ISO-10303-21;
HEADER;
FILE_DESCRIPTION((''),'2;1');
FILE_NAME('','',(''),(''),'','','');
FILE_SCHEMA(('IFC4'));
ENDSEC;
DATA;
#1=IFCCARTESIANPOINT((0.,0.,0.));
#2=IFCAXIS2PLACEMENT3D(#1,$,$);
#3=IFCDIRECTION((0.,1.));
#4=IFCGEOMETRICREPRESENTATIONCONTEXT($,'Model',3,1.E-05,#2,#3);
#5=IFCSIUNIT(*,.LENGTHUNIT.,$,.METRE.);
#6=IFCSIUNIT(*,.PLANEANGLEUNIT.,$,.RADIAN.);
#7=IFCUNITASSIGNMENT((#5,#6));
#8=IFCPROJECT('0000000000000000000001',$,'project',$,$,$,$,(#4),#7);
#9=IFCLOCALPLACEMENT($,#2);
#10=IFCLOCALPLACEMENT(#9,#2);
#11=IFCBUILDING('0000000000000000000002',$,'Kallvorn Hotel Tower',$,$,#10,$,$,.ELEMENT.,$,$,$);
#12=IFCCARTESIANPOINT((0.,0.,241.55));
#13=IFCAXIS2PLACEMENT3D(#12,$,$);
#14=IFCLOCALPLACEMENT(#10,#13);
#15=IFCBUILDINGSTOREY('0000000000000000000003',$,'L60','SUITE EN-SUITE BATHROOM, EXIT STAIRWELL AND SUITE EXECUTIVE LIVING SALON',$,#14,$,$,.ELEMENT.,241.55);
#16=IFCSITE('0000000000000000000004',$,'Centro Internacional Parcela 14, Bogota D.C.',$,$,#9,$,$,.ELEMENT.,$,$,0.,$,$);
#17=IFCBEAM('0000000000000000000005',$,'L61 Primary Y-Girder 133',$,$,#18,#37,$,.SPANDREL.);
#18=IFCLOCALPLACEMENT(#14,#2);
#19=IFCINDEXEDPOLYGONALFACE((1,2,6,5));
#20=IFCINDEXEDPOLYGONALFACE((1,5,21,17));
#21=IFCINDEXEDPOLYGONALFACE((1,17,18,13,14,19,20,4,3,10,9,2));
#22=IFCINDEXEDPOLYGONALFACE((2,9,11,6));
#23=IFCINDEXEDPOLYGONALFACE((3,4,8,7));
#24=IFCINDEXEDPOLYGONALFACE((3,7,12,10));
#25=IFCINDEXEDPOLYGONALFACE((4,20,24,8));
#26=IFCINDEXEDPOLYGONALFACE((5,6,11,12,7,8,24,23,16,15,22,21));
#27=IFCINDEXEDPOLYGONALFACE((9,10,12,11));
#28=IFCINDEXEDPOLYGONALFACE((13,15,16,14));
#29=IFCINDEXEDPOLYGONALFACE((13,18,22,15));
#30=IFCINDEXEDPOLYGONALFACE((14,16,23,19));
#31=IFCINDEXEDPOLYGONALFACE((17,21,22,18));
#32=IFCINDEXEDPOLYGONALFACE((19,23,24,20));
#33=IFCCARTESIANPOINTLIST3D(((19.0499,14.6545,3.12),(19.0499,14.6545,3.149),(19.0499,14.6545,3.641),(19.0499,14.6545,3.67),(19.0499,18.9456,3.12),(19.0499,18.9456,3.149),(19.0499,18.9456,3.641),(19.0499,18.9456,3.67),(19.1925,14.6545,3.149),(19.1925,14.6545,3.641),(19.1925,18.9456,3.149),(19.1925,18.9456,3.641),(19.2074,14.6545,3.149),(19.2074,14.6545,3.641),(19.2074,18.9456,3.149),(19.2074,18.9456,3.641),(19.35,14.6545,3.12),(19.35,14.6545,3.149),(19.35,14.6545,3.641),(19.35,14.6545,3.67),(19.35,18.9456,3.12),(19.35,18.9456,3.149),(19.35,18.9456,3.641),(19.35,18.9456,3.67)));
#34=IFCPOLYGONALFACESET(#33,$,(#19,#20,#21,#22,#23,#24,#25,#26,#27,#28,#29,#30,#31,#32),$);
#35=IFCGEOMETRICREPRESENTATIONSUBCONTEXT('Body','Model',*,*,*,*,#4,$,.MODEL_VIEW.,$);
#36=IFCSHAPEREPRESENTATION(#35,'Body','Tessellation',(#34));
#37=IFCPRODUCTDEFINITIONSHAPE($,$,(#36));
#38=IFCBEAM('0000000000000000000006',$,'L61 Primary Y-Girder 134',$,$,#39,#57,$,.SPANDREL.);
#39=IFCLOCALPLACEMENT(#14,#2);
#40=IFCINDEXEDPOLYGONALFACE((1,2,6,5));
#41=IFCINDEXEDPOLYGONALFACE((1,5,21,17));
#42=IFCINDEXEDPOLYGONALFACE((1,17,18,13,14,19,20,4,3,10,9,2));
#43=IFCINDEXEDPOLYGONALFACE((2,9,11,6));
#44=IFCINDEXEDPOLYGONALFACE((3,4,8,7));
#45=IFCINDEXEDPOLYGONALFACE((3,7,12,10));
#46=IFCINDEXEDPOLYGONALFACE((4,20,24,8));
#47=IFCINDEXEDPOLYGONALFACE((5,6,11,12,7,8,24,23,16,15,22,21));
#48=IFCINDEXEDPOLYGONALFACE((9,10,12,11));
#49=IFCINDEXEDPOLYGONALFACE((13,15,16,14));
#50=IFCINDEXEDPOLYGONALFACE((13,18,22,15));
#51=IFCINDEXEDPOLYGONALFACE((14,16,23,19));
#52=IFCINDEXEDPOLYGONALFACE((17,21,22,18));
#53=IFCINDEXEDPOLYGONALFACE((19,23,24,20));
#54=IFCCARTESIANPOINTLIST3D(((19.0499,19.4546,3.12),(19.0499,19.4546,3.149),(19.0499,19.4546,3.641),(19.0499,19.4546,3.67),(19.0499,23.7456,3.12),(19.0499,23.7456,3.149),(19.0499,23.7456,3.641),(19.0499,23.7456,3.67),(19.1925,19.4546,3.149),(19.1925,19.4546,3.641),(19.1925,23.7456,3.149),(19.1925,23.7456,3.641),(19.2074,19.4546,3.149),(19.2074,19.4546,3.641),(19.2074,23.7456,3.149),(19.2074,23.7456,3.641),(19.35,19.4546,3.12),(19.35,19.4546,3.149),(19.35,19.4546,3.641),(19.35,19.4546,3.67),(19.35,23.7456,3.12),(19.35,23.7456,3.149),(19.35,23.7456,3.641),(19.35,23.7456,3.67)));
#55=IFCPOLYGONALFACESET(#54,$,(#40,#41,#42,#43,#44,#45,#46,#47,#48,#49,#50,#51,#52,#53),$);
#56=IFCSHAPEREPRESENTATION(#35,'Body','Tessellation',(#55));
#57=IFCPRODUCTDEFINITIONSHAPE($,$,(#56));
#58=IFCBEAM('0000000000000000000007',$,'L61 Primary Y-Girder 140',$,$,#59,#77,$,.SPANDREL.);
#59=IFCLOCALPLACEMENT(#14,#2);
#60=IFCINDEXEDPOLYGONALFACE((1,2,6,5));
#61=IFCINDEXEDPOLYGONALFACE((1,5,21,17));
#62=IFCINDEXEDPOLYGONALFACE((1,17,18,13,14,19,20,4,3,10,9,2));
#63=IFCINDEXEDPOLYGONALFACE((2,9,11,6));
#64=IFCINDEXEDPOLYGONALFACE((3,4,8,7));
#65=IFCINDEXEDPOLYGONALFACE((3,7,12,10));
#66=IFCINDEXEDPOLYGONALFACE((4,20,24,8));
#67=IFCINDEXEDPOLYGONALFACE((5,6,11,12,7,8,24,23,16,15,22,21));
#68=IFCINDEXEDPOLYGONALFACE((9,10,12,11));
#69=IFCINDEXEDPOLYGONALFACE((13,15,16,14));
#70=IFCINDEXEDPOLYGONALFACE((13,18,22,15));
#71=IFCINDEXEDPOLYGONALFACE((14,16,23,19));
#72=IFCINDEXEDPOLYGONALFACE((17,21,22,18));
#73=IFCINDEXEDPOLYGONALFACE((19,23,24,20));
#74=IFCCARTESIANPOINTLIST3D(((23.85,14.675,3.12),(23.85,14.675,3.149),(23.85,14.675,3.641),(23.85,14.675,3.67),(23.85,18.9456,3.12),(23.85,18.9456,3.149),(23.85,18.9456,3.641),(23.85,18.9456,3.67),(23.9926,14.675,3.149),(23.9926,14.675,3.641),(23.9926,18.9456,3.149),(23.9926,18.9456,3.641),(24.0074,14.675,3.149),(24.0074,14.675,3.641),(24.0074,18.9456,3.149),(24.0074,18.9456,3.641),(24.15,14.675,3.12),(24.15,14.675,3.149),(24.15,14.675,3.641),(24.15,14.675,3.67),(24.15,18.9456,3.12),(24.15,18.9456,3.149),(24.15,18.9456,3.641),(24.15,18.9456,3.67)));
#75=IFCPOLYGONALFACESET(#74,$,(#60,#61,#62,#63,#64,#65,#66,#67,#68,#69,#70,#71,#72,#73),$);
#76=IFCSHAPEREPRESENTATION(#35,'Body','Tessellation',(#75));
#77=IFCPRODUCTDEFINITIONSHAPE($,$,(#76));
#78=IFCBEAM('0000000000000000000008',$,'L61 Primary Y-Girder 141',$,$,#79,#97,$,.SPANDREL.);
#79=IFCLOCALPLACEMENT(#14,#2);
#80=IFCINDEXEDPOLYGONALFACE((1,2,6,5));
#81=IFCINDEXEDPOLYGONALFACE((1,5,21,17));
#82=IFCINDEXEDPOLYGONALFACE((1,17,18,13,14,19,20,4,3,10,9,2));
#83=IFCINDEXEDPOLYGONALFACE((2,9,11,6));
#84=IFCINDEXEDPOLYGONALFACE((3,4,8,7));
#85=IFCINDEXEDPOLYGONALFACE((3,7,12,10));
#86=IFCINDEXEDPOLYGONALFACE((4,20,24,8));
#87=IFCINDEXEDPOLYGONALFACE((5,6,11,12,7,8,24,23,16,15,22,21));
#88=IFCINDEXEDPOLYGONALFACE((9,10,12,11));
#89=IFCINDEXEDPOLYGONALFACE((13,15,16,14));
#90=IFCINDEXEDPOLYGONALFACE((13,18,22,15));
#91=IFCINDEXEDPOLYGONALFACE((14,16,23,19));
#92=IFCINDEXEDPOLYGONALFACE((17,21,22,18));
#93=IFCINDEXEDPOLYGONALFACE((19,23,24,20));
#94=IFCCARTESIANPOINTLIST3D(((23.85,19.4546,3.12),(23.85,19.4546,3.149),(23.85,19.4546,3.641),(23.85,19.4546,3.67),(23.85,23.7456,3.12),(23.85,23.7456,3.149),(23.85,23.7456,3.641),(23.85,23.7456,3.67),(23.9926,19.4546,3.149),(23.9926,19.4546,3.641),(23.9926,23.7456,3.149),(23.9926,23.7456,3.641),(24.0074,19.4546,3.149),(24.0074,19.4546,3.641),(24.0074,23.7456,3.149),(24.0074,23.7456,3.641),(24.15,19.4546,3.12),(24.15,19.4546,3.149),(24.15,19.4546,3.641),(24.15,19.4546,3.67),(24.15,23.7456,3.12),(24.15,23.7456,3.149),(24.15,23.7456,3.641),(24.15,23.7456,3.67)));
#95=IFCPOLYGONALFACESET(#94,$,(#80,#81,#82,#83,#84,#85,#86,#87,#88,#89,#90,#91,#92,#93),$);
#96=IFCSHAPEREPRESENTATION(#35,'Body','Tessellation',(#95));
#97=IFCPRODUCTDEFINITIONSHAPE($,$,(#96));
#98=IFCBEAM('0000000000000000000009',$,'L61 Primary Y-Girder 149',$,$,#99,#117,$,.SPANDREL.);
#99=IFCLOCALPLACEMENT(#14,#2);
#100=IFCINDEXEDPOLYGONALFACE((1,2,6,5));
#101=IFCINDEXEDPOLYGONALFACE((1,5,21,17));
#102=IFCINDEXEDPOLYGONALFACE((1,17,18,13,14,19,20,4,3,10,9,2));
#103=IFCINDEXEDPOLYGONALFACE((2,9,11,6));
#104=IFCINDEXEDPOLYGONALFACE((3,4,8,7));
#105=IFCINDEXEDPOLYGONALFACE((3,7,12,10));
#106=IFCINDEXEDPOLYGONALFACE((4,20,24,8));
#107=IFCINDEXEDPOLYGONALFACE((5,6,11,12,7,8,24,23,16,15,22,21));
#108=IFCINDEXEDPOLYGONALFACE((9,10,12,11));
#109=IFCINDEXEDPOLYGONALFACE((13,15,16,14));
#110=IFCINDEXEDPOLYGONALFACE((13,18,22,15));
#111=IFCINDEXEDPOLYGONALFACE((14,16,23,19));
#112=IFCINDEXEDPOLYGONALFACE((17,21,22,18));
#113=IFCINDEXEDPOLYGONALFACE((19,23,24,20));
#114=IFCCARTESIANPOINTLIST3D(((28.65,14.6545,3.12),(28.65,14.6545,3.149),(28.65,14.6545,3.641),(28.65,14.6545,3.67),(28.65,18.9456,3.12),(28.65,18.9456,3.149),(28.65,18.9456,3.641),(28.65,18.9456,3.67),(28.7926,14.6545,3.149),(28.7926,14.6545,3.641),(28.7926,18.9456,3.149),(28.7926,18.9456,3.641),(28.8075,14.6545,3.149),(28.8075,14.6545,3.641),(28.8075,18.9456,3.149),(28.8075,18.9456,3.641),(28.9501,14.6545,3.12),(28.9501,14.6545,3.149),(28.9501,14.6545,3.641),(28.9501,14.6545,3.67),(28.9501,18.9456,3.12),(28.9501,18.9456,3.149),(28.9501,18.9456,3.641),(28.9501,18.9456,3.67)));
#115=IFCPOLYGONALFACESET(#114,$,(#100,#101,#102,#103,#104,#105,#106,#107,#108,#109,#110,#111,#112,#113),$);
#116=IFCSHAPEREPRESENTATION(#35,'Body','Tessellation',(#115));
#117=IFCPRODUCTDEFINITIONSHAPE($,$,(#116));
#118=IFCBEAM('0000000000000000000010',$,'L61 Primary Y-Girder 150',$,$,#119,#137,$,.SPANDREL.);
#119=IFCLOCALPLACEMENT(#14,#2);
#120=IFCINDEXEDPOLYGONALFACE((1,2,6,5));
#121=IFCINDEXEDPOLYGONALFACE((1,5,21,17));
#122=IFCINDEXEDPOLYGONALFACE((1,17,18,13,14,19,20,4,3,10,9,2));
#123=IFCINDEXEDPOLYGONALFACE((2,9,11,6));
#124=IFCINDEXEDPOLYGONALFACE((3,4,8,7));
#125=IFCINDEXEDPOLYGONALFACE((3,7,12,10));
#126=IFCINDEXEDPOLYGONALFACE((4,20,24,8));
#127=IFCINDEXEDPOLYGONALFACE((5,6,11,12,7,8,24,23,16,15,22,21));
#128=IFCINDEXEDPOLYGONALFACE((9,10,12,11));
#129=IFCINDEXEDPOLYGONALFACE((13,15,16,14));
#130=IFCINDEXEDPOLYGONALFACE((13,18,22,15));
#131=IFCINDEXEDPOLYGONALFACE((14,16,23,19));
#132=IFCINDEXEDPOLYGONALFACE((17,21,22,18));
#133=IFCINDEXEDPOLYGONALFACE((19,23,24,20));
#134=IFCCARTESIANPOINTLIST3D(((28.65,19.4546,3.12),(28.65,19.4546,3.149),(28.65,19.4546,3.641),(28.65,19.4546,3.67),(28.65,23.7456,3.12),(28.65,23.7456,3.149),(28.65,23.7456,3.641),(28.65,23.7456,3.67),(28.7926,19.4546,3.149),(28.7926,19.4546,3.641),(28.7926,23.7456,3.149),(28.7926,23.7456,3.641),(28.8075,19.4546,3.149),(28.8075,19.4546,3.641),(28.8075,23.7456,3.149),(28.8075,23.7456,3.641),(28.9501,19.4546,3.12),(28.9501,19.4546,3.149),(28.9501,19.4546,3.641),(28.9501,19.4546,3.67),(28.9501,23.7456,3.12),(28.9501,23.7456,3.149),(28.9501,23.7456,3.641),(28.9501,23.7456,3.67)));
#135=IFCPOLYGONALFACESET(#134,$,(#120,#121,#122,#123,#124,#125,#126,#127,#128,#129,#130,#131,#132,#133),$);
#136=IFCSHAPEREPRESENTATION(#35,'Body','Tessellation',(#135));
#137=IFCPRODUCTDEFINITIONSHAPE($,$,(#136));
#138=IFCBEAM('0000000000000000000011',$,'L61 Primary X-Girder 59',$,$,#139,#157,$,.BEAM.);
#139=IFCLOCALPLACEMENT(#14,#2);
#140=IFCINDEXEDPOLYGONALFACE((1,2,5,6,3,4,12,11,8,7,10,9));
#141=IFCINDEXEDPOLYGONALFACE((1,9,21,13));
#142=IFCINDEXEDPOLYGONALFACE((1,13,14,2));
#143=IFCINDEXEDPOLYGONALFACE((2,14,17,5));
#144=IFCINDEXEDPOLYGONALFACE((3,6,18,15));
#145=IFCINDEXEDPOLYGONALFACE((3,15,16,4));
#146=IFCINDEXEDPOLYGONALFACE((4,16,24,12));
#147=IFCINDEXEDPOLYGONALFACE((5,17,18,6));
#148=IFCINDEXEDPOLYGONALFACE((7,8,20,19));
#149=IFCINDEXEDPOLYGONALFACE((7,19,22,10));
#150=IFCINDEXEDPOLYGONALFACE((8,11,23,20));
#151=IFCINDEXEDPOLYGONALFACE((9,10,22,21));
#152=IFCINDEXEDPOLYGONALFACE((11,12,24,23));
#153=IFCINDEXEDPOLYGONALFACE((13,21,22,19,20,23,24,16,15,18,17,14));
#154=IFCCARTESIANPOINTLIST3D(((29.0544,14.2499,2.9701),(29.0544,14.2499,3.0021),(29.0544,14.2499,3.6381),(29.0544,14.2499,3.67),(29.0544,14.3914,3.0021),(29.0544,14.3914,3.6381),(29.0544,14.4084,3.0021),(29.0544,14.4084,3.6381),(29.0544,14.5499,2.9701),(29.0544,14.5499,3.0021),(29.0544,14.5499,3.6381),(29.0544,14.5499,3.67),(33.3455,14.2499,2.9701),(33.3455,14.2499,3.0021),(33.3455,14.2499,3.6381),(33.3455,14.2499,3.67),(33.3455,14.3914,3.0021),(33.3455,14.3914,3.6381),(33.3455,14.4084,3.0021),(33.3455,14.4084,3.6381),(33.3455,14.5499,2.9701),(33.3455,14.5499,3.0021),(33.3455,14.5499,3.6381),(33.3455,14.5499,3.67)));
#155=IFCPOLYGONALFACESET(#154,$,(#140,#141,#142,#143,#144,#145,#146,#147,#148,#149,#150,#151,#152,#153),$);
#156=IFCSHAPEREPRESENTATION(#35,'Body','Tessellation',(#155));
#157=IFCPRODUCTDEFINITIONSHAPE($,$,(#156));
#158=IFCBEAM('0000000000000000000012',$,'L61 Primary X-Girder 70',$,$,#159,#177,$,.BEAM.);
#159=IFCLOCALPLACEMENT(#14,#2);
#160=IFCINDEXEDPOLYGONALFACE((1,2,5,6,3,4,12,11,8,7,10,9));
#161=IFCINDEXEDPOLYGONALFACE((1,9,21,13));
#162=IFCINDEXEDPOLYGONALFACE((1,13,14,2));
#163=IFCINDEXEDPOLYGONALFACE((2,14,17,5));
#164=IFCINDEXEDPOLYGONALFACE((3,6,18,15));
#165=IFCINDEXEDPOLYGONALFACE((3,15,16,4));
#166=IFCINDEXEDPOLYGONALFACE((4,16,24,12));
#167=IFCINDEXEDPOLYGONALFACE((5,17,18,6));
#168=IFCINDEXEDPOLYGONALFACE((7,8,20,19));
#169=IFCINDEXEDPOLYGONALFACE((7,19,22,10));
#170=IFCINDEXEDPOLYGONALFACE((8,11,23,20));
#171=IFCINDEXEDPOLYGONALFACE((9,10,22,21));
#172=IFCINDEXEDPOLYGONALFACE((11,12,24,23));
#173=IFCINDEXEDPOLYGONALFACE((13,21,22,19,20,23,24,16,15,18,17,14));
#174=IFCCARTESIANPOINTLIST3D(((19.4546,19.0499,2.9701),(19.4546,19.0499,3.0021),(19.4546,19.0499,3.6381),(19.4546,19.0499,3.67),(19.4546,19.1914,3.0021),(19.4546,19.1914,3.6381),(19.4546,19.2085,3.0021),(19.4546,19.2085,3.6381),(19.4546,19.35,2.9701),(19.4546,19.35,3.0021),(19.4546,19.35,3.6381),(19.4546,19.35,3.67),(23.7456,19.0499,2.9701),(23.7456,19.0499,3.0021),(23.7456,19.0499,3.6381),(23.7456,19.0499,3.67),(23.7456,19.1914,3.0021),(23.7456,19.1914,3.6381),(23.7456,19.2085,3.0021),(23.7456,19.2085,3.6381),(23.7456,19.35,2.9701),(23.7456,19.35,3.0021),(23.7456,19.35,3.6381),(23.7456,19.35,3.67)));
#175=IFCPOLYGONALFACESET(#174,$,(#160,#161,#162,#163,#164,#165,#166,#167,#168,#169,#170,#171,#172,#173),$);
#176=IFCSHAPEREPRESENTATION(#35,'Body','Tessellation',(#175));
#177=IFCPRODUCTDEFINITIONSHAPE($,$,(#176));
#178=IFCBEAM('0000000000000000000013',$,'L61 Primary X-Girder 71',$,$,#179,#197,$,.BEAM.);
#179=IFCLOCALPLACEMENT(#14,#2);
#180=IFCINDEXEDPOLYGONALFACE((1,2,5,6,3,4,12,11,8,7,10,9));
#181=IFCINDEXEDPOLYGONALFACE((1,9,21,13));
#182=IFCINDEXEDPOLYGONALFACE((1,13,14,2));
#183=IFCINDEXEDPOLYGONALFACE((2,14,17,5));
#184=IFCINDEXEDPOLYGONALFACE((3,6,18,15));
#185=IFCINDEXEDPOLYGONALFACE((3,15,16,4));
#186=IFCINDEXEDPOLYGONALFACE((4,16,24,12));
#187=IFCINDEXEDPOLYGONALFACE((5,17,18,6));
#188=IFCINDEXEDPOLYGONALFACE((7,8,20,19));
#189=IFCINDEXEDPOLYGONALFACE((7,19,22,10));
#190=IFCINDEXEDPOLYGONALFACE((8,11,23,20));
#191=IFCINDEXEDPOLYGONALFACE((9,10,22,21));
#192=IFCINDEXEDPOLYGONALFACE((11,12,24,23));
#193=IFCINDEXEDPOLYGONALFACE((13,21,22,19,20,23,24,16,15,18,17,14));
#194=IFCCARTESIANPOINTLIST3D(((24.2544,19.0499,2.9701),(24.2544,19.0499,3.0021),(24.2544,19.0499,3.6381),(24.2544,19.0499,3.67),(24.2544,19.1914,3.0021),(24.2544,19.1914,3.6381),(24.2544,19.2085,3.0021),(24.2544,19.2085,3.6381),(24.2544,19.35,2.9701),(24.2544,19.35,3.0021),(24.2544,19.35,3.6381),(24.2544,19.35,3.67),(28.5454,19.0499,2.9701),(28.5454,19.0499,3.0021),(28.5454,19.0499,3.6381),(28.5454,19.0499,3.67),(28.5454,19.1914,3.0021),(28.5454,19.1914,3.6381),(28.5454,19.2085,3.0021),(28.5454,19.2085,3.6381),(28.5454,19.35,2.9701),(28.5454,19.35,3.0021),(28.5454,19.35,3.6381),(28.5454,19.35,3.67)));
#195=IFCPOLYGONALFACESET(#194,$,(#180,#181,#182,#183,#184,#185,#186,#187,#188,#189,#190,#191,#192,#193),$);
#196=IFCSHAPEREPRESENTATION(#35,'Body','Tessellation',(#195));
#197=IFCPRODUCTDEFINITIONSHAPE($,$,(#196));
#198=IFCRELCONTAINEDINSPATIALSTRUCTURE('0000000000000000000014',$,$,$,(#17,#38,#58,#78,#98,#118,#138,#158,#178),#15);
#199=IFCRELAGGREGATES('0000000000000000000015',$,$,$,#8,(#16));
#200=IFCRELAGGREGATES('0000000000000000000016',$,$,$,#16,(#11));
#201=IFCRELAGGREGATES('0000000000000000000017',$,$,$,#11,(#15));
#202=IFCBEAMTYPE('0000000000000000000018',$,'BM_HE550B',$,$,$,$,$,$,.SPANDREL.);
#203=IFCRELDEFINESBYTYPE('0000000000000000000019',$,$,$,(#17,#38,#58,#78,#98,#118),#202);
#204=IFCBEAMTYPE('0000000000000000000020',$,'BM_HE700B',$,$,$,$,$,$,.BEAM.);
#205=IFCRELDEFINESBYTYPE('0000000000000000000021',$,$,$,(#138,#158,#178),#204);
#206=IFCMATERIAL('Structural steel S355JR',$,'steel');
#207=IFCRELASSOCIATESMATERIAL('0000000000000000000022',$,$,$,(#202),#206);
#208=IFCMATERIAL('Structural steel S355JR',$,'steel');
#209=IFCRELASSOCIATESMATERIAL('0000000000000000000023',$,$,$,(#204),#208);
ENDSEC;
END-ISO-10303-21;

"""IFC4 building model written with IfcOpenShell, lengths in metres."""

from ifc_helpers import new_model, si_unit, direction, frame, origin, origin_2d, place, context, subcontext, project, spatial, i_section, extrude, material, material_profile, profile_set, type_object, element, save


model = new_model("IFC4")

# Units and contexts
model_context = context("Model", 3, precision=1e-05, world=origin(), true_north=direction((0.0, 1.0)))
body_context = subcontext(model_context, "Body", "Model", "MODEL_VIEW")
ifc_project = project(units=[si_unit("LENGTHUNIT", "METRE"), si_unit("PLANEANGLEUNIT", "RADIAN")], contexts=[model_context])

# Site, building, storey
site_placement = place(None, origin())
site = spatial("IfcSite", under=ifc_project, at=site_placement, Name="Centro Internacional Parcela 14, Bogota D.C.", CompositionType="ELEMENT", RefElevation=0.0)
building_placement = place(site_placement, origin())
building = spatial("IfcBuilding", under=site, at=building_placement, Name="Kallvorn Hotel Tower", CompositionType="ELEMENT")
storey_placement = place(building_placement, frame((0.0, 0.0, 241.55)))
storey = spatial("IfcBuildingStorey", under=building, at=storey_placement, Name="L60", Description="SUITE EN-SUITE BATHROOM, EXIT STAIRWELL AND SUITE EXECUTIVE LIVING SALON", CompositionType="ELEMENT", Elevation=241.55)

# Beams
ifc_material_1 = material(Name="Structural steel S355JR", Category="steel")
ifc_material_profile_1 = material_profile(ifc_material_1, i_section(OverallWidth=0.3, OverallDepth=0.55, WebThickness=0.0149, FlangeThickness=0.0291, at=origin_2d()), Name="HE 550 B")
ifc_profile_set_1 = profile_set([ifc_material_profile_1], Name="Structural steel S355JR")
beam_type_1 = type_object("IfcBeamType", Name="BM_HE550B", PredefinedType="SPANDREL", material=ifc_profile_set_1)
for number, where, z_axis, x_axis, name in (
    (1, (19.2, 14.6545, 3.395), (0.0, 1.0, 0.0), (-1.0, 0.0, 0.0), "L61 Primary Y-Girder 133"),
    (2, (19.2, 19.4546, 3.395), (0.0, 1.0, 0.0), (-1.0, 0.0, 0.0), "L61 Primary Y-Girder 134"),
):
    element("IfcBeam", number, at=place(storey_placement, frame(where, z_axis=z_axis, x_axis=x_axis)), inside=storey, type_object=beam_type_1, Name=name, PredefinedType="SPANDREL", context=body_context, shape_type="SweptSolid", body=[
        extrude(i_section(OverallWidth=0.3, OverallDepth=0.55, WebThickness=0.0149, FlangeThickness=0.0291, at=origin_2d()), origin(), (0.0, 0.0, 1.0), 4.291),
    ])
beam_1_placement = place(storey_placement, frame((24.0, 14.675, 3.395), z_axis=(0.0, 1.0, 0.0), x_axis=(-1.0, 0.0, 0.0)))
element("IfcBeam", 3, at=beam_1_placement, inside=storey, type_object=beam_type_1, Name="L61 Primary Y-Girder 140", PredefinedType="SPANDREL", context=body_context, shape_type="SweptSolid", body=[
    extrude(i_section(OverallWidth=0.3, OverallDepth=0.55, WebThickness=0.0149, FlangeThickness=0.0291, at=origin_2d()), origin(), (0.0, 0.0, 1.0), 4.2705),
])
for number, where, z_axis, x_axis, name in (
    (4, (24.0, 19.4546, 3.395), (0.0, 1.0, 0.0), (-1.0, 0.0, 0.0), "L61 Primary Y-Girder 141"),
    (5, (28.8, 14.6545, 3.395), (0.0, 1.0, 0.0), (-1.0, 0.0, 0.0), "L61 Primary Y-Girder 149"),
    (6, (28.8, 19.4546, 3.395), (0.0, 1.0, 0.0), (-1.0, 0.0, 0.0), "L61 Primary Y-Girder 150"),
):
    element("IfcBeam", number, at=place(storey_placement, frame(where, z_axis=z_axis, x_axis=x_axis)), inside=storey, type_object=beam_type_1, Name=name, PredefinedType="SPANDREL", context=body_context, shape_type="SweptSolid", body=[
        extrude(i_section(OverallWidth=0.3, OverallDepth=0.55, WebThickness=0.0149, FlangeThickness=0.0291, at=origin_2d()), origin(), (0.0, 0.0, 1.0), 4.291),
    ])
ifc_material_2 = material(Name="Structural steel S355JR", Category="steel")
ifc_material_profile_2 = material_profile(ifc_material_2, i_section(OverallWidth=0.3, OverallDepth=0.7, WebThickness=0.0171, FlangeThickness=0.032, at=origin_2d()), Name="HE 700 B")
ifc_profile_set_2 = profile_set([ifc_material_profile_2], Name="Structural steel S355JR")
beam_type_2 = type_object("IfcBeamType", Name="BM_HE700B", PredefinedType="BEAM", material=ifc_profile_set_2)
for number, where, z_axis, x_axis, name in (
    (7, (29.0544, 14.3999, 3.3201), (1.0, 0.0, 0.0), (0.0, 1.0, 0.0), "L61 Primary X-Girder 59"),
    (8, (19.4546, 19.2, 3.3201), (1.0, 0.0, 0.0), (0.0, 1.0, 0.0), "L61 Primary X-Girder 70"),
    (9, (24.2544, 19.2, 3.3201), (1.0, 0.0, 0.0), (0.0, 1.0, 0.0), "L61 Primary X-Girder 71"),
):
    element("IfcBeam", number, at=place(storey_placement, frame(where, z_axis=z_axis, x_axis=x_axis)), inside=storey, type_object=beam_type_2, Name=name, PredefinedType="BEAM", context=body_context, shape_type="SweptSolid", body=[
        extrude(i_section(OverallWidth=0.3, OverallDepth=0.7, WebThickness=0.0171, FlangeThickness=0.032, at=origin_2d()), origin(), (0.0, 0.0, 1.0), 4.291),
    ])

save(model, "model.ifc")
